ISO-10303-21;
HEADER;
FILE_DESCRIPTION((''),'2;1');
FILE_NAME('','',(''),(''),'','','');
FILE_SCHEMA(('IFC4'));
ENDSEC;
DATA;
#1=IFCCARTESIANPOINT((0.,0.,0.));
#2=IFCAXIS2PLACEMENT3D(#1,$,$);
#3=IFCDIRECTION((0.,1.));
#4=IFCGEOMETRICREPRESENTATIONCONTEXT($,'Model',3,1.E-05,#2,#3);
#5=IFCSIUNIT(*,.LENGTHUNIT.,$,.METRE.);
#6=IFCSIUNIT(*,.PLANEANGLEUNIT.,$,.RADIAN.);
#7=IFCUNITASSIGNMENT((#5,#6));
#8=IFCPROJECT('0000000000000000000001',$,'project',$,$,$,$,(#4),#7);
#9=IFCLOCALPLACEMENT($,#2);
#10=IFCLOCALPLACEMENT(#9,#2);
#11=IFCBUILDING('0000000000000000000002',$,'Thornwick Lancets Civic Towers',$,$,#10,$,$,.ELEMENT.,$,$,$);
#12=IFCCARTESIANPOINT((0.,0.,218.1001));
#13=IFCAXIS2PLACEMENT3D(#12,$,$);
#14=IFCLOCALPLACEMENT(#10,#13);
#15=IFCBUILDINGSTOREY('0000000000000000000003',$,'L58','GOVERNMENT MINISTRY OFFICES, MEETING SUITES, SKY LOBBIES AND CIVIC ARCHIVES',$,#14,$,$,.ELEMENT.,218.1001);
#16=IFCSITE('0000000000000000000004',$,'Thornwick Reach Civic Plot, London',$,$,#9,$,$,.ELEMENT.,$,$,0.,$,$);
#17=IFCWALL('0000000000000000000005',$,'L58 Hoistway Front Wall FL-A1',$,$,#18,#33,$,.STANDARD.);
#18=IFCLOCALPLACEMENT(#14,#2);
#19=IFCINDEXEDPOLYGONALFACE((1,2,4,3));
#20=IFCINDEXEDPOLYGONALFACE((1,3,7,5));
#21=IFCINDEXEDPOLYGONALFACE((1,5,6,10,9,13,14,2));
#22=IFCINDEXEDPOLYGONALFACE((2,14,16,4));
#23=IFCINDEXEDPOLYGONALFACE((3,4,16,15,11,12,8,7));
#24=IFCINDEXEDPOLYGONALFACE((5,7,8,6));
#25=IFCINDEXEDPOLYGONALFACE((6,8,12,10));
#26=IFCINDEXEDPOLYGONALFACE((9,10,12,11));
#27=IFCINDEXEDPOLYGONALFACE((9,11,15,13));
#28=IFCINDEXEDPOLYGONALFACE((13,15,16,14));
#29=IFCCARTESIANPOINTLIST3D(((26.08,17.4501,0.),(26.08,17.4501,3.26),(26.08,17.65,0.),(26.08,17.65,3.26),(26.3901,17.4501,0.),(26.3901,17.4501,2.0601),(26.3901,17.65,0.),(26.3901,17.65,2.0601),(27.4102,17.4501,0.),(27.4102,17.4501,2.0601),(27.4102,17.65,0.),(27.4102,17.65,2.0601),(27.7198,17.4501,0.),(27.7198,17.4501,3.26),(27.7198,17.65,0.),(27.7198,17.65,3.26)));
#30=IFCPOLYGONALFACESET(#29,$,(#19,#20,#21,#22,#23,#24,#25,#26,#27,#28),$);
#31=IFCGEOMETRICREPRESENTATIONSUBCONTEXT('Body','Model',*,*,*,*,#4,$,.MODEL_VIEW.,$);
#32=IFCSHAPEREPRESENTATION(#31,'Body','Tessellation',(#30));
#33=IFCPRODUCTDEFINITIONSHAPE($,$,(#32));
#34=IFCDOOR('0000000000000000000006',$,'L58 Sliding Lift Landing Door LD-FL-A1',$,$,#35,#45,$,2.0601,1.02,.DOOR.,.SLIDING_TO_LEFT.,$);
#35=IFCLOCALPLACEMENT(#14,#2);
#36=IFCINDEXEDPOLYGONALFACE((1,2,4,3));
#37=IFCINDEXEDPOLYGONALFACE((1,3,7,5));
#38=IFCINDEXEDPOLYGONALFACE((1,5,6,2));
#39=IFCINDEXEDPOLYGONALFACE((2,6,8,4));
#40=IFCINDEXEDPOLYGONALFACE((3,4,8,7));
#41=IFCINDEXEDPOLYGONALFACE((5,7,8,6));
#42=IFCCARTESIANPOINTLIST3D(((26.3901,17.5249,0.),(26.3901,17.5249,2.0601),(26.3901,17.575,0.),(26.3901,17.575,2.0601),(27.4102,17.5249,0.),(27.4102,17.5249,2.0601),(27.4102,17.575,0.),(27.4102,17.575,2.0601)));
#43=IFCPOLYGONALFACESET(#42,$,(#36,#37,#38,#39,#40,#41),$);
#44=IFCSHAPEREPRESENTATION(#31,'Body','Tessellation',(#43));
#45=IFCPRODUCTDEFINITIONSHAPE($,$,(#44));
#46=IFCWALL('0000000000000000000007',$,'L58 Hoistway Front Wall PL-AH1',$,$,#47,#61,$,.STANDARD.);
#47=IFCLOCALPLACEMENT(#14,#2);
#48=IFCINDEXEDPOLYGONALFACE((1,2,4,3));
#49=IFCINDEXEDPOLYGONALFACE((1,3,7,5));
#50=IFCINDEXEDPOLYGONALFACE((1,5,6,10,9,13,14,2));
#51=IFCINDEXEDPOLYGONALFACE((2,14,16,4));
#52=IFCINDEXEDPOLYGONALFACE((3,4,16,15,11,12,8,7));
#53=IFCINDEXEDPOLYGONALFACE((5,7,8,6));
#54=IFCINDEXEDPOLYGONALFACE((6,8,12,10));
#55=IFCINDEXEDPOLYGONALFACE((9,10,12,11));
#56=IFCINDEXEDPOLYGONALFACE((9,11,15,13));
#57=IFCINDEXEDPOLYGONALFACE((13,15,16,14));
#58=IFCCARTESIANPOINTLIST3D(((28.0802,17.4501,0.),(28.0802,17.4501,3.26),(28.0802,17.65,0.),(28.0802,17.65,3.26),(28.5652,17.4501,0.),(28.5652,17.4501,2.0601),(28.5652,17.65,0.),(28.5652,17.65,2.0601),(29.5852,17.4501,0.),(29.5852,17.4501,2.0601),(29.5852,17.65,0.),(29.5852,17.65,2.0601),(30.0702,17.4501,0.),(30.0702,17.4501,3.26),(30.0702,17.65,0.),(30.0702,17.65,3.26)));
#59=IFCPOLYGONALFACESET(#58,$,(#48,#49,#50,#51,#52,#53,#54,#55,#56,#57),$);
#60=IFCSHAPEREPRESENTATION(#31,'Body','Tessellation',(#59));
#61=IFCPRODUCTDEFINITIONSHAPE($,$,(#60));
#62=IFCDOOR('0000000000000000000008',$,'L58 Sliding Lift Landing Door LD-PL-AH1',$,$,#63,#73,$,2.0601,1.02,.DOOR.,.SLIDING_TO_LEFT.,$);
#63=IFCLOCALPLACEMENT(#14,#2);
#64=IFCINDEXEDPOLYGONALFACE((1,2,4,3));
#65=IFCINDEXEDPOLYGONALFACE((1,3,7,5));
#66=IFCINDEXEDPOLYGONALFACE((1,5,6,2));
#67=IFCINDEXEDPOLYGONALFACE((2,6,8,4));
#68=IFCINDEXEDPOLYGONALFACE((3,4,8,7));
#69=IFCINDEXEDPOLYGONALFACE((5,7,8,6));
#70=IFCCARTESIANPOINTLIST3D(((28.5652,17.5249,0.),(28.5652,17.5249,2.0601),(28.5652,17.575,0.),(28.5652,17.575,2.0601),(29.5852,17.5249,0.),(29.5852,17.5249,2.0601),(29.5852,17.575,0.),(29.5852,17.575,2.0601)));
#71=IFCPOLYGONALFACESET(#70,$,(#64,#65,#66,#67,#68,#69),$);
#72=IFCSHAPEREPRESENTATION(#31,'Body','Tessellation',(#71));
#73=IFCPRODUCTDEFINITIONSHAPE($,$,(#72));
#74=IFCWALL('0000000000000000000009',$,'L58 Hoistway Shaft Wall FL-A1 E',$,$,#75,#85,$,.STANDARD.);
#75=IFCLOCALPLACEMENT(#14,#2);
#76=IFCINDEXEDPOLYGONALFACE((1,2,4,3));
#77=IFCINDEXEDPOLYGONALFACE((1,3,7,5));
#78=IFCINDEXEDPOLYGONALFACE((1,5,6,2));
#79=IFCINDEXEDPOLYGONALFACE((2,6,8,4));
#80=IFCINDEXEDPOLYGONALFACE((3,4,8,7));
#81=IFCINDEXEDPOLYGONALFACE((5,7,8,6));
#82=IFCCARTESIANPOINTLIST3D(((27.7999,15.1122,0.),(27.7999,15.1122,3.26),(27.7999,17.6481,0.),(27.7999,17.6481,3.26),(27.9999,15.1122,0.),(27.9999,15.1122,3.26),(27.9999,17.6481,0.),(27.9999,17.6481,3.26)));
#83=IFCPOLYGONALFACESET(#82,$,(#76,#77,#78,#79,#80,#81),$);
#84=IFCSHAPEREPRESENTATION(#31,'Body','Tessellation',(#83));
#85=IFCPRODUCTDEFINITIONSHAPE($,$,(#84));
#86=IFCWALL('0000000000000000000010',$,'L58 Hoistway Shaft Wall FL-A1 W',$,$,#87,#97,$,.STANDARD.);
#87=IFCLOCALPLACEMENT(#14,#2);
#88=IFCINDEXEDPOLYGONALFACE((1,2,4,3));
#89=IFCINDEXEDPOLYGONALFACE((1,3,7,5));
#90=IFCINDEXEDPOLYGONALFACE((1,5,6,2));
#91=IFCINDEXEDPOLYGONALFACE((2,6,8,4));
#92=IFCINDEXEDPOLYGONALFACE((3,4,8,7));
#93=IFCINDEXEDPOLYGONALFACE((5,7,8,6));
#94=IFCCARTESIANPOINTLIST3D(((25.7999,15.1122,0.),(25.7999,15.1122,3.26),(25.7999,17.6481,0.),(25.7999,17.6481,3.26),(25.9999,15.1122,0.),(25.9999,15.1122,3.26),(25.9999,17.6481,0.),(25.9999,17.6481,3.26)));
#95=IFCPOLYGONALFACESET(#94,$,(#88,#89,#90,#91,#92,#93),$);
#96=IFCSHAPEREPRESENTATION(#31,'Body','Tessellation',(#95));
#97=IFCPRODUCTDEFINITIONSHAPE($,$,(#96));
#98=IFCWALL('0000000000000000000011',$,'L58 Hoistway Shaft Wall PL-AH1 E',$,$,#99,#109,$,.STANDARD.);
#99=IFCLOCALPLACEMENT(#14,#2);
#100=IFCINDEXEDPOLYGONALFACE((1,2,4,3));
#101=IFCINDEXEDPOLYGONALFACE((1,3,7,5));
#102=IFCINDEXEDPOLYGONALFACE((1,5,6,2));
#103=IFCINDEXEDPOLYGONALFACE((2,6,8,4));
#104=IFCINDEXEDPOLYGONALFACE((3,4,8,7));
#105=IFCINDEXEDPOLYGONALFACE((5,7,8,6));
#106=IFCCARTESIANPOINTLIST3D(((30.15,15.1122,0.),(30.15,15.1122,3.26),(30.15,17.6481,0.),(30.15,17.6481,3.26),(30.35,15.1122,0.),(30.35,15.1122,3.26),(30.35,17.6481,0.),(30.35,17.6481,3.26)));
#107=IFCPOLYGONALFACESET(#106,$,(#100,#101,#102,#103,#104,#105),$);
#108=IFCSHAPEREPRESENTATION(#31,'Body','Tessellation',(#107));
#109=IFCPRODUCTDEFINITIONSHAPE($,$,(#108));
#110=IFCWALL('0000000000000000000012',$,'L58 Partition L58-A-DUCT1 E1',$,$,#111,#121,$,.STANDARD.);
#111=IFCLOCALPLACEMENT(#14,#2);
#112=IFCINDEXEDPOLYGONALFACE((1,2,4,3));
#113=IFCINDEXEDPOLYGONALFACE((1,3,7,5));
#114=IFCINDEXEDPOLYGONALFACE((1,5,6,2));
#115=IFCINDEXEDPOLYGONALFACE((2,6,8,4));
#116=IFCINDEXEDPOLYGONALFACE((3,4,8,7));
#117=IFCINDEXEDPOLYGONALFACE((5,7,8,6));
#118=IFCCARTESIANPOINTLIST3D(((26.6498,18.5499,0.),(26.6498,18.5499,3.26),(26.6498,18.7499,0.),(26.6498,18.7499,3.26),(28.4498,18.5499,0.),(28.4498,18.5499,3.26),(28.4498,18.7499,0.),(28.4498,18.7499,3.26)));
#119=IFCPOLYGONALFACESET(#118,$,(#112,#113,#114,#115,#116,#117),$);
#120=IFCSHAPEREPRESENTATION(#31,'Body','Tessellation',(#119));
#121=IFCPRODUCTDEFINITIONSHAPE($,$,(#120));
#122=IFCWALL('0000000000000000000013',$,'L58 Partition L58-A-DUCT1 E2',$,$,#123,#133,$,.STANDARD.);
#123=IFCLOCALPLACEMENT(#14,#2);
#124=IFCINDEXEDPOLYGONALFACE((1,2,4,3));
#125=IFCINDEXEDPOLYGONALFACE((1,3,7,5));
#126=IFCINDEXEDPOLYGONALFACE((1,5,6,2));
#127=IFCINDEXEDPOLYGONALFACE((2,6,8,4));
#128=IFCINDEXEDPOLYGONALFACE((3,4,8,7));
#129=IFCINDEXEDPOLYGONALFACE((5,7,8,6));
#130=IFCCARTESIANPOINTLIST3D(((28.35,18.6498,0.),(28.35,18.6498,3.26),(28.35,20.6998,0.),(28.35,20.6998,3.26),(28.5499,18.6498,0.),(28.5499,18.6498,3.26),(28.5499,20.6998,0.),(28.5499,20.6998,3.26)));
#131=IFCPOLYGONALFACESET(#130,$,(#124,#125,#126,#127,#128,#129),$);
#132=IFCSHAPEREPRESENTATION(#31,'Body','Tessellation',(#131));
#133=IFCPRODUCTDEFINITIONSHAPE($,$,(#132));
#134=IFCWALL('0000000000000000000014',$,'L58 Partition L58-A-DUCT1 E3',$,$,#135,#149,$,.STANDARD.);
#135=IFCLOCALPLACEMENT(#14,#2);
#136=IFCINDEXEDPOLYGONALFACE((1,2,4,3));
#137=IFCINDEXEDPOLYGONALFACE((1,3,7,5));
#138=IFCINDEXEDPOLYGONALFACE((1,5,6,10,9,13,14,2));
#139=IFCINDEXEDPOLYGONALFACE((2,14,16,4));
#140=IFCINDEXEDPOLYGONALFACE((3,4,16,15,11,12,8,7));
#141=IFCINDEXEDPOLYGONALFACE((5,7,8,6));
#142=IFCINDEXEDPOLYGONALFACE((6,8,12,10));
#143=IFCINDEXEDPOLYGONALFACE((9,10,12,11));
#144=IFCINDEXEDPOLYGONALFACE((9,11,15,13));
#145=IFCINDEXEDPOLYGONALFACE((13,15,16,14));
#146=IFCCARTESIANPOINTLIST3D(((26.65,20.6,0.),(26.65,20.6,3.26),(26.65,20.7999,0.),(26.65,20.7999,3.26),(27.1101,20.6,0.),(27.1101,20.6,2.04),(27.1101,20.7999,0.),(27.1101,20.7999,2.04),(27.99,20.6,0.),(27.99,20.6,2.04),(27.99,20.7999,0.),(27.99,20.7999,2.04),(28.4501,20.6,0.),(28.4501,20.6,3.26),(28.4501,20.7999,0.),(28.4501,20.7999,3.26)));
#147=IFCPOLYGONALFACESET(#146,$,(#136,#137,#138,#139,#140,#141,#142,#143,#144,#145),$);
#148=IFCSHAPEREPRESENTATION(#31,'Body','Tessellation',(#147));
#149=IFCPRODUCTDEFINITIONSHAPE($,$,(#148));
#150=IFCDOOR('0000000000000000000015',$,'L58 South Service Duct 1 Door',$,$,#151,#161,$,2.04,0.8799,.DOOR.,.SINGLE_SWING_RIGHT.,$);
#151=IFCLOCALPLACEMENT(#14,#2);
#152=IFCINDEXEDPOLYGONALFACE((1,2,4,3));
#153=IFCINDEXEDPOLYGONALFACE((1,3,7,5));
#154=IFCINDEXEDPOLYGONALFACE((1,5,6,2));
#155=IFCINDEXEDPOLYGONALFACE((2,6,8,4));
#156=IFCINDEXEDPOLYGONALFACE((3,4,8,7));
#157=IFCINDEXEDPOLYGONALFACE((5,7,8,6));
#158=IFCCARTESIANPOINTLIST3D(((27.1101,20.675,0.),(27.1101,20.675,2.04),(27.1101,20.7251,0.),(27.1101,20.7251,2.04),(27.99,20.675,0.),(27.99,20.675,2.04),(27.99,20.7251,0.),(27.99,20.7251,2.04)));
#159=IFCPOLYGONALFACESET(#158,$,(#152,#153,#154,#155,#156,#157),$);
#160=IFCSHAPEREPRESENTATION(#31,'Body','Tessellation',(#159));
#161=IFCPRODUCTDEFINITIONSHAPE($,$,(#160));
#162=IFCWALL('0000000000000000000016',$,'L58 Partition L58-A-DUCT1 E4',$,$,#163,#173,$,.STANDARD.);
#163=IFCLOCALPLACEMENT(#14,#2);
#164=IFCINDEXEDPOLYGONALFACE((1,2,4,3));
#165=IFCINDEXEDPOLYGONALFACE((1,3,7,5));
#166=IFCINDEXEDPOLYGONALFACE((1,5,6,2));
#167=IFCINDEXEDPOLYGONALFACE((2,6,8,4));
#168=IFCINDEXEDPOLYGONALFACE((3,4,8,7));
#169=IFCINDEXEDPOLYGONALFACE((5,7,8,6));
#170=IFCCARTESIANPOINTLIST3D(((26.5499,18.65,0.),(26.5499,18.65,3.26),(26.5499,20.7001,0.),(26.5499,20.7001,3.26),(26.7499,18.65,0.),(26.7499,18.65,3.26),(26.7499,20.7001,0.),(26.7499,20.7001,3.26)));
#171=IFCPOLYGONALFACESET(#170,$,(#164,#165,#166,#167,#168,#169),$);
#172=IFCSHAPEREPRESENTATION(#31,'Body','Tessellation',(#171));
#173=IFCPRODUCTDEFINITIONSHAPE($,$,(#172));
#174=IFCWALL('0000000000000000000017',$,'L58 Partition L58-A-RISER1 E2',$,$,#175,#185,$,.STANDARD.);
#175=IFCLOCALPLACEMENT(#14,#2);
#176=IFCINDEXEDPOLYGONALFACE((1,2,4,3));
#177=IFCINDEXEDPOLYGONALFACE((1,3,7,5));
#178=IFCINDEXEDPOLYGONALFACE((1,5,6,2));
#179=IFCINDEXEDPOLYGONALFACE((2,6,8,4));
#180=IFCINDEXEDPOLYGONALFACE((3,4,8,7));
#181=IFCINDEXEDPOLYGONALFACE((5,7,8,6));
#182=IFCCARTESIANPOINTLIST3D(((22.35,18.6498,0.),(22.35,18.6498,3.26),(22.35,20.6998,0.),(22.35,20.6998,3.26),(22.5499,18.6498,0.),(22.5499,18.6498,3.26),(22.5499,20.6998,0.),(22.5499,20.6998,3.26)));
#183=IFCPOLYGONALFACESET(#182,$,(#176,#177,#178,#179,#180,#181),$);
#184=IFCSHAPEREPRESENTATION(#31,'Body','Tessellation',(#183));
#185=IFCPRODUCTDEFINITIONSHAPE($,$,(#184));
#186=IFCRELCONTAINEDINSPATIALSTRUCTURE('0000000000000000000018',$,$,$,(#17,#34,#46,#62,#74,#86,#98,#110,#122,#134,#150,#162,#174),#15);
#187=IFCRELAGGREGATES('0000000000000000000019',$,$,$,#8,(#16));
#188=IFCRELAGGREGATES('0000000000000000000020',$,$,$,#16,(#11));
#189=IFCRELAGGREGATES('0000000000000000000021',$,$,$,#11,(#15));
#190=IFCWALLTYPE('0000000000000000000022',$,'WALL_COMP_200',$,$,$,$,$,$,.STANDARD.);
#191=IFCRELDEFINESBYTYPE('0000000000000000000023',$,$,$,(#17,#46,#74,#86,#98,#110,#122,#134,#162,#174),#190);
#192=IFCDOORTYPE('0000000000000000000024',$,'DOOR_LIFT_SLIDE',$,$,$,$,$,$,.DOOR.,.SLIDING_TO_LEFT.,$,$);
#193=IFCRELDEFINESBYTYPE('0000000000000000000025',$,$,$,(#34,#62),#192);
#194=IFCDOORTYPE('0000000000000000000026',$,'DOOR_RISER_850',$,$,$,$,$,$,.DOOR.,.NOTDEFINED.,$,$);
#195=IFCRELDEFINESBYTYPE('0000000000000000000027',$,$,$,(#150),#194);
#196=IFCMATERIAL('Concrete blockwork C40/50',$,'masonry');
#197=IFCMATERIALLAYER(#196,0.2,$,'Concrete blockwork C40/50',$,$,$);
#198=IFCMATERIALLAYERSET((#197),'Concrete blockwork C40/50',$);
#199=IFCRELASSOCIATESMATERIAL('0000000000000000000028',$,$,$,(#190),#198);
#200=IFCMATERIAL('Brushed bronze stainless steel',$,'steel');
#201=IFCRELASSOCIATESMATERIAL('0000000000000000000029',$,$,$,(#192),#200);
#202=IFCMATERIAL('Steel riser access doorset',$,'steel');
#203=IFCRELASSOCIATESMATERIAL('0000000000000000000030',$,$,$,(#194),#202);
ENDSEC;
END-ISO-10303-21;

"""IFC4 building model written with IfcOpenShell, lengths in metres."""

from ifc_helpers import new_model, si_unit, direction, frame, frame_2d, origin, place, context, subcontext, project, spatial, rectangle, extrude, material, layer, layer_set, type_object, element, fill, save


model = new_model("IFC4")

# Units and contexts
model_context = context("Model", 3, precision=1e-05, world=origin(), true_north=direction((0.0, 1.0)))
body_context = subcontext(model_context, "Body", "Model", "MODEL_VIEW")
ifc_project = project(units=[si_unit("LENGTHUNIT", "METRE"), si_unit("PLANEANGLEUNIT", "RADIAN")], contexts=[model_context])

# Site, building, storey
site_placement = place(None, origin())
site = spatial("IfcSite", under=ifc_project, at=site_placement, Name="Thornwick Reach Civic Plot, London", CompositionType="ELEMENT", RefElevation=0.0)
building_placement = place(site_placement, origin())
building = spatial("IfcBuilding", under=site, at=building_placement, Name="Thornwick Lancets Civic Towers", CompositionType="ELEMENT")
storey_placement = place(building_placement, frame((0.0, 0.0, 218.1001)))
storey = spatial("IfcBuildingStorey", under=building, at=storey_placement, Name="L58", Description="GOVERNMENT MINISTRY OFFICES, MEETING SUITES, SKY LOBBIES AND CIVIC ARCHIVES", CompositionType="ELEMENT", Elevation=218.1001)

# Walls, openings, doors
ifc_material_1 = material(Name="Concrete blockwork C40/50", Category="masonry")
ifc_layer_1 = layer(ifc_material_1, 0.2, Name="Concrete blockwork C40/50")
ifc_layer_set_1 = layer_set([ifc_layer_1], Name="Concrete blockwork C40/50")
wall_type_1 = type_object("IfcWallType", Name="WALL_COMP_200", PredefinedType="STANDARD", material=ifc_layer_set_1)
wall_1_placement = place(storey_placement, frame((26.0801, 17.55, 0.0), z_axis=(0.0, 0.0, 1.0), x_axis=(1.0, 0.0, 0.0)))
wall_1 = element("IfcWall", 1, at=wall_1_placement, inside=storey, type_object=wall_type_1, Name="L58 Hoistway Front Wall FL-A1", PredefinedType="STANDARD", context=body_context, shape_type="SweptSolid", body=[
    extrude(rectangle(XDim=1.6399, YDim=0.2, at=frame_2d((0.8198, 0.0))), origin(), (0.0, 0.0, 1.0), 3.26),
])
opening_1_placement = place(wall_1_placement, frame((0.3101, 0.0, 0.0)))
opening_1 = element("IfcOpeningElement", 2, at=opening_1_placement, cuts=wall_1, PredefinedType="OPENING", context=body_context, shape_type="SweptSolid", body=[
    extrude(rectangle(XDim=1.02, YDim=2.0601, at=frame_2d((0.51, 1.03))), frame((0.0, 0.1099, 0.0), z_axis=(0.0, -1.0, 0.0), x_axis=(1.0, 0.0, 0.0)), (0.0, 0.0, 1.0), 0.22),
])
ifc_material_2 = material(Name="Brushed bronze stainless steel", Category="steel")
door_type_1 = type_object("IfcDoorType", Name="DOOR_LIFT_SLIDE", OperationType="SLIDING_TO_LEFT", PredefinedType="DOOR", material=ifc_material_2)
door_1_placement = place(opening_1_placement, origin())
door_1 = element("IfcDoor", 3, at=door_1_placement, inside=storey, type_object=door_type_1, Name="L58 Sliding Lift Landing Door LD-FL-A1", OperationType="SLIDING_TO_LEFT", OverallHeight=2.0601, OverallWidth=1.02, PredefinedType="DOOR", context=body_context, shape_type="SweptSolid", body=[
    extrude(rectangle(XDim=1.02, YDim=2.0601, at=frame_2d((0.51, 1.03))), frame((0.0, 0.0249, 0.0), z_axis=(0.0, -1.0, 0.0), x_axis=(1.0, 0.0, 0.0)), (0.0, 0.0, 1.0), 0.05),
])
fill(opening_1, door_1)
wall_2_placement = place(storey_placement, frame((28.0801, 17.55, 0.0), z_axis=(0.0, 0.0, 1.0), x_axis=(1.0, 0.0, 0.0)))
wall_2 = element("IfcWall", 4, at=wall_2_placement, inside=storey, type_object=wall_type_1, Name="L58 Hoistway Front Wall PL-AH1", PredefinedType="STANDARD", context=body_context, shape_type="SweptSolid", body=[
    extrude(rectangle(XDim=1.99, YDim=0.2, at=frame_2d((0.9951, 0.0))), origin(), (0.0, 0.0, 1.0), 3.26),
])
opening_2_placement = place(wall_2_placement, frame((0.4851, 0.0, 0.0)))
opening_2 = element("IfcOpeningElement", 5, at=opening_2_placement, cuts=wall_2, PredefinedType="OPENING", context=body_context, shape_type="SweptSolid", body=[
    extrude(rectangle(XDim=1.02, YDim=2.0601, at=frame_2d((0.51, 1.03))), frame((0.0, 0.1099, 0.0), z_axis=(0.0, -1.0, 0.0), x_axis=(1.0, 0.0, 0.0)), (0.0, 0.0, 1.0), 0.22),
])
door_2_placement = place(opening_2_placement, origin())
door_2 = element("IfcDoor", 6, at=door_2_placement, inside=storey, type_object=door_type_1, Name="L58 Sliding Lift Landing Door LD-PL-AH1", OperationType="SLIDING_TO_LEFT", OverallHeight=2.0601, OverallWidth=1.02, PredefinedType="DOOR", context=body_context, shape_type="SweptSolid", body=[
    extrude(rectangle(XDim=1.02, YDim=2.0601, at=frame_2d((0.51, 1.03))), frame((0.0, 0.0249, 0.0), z_axis=(0.0, -1.0, 0.0), x_axis=(1.0, 0.0, 0.0)), (0.0, 0.0, 1.0), 0.05),
])
fill(opening_2, door_2)

# Walls
for number, where, z_axis, x_axis, name in (
    (7, (27.8999, 15.1121, 0.0), (0.0, 0.0, 1.0), (0.0, 1.0, 0.0), "L58 Hoistway Shaft Wall FL-A1 E"),
    (8, (25.8999, 15.1121, 0.0), (0.0, 0.0, 1.0), (0.0, 1.0, 0.0), "L58 Hoistway Shaft Wall FL-A1 W"),
    (9, (30.25, 15.1121, 0.0), (0.0, 0.0, 1.0), (0.0, 1.0, 0.0), "L58 Hoistway Shaft Wall PL-AH1 E"),
):
    element("IfcWall", number, at=place(storey_placement, frame(where, z_axis=z_axis, x_axis=x_axis)), inside=storey, type_object=wall_type_1, Name=name, PredefinedType="STANDARD", context=body_context, shape_type="SweptSolid", body=[
        extrude(rectangle(XDim=2.5359, YDim=0.2, at=frame_2d((1.2681, 0.0))), origin(), (0.0, 0.0, 1.0), 3.26),
    ])
wall_3_placement = place(storey_placement, frame((26.6499, 18.6499, 0.0), z_axis=(0.0, 0.0, 1.0), x_axis=(1.0, 0.0, 0.0)))
element("IfcWall", 10, at=wall_3_placement, inside=storey, type_object=wall_type_1, Name="L58 Partition L58-A-DUCT1 E1", PredefinedType="STANDARD", context=body_context, shape_type="SweptSolid", body=[
    extrude(rectangle(XDim=1.8, YDim=0.2, at=frame_2d((0.8999, 0.0))), origin(), (0.0, 0.0, 1.0), 3.26),
])
wall_4_placement = place(storey_placement, frame((28.45, 18.6499, 0.0), z_axis=(0.0, 0.0, 1.0), x_axis=(0.0, 1.0, 0.0)))
element("IfcWall", 11, at=wall_4_placement, inside=storey, type_object=wall_type_1, Name="L58 Partition L58-A-DUCT1 E2", PredefinedType="STANDARD", context=body_context, shape_type="SweptSolid", body=[
    extrude(rectangle(XDim=2.05, YDim=0.2, at=frame_2d((1.0249, 0.0))), origin(), (0.0, 0.0, 1.0), 3.26),
])

# Wall, opening, door
wall_5_placement = place(storey_placement, frame((28.45, 20.7, 0.0), z_axis=(0.0, 0.0, 1.0), x_axis=(-1.0, 0.0, 0.0)))
wall_5 = element("IfcWall", 12, at=wall_5_placement, inside=storey, type_object=wall_type_1, Name="L58 Partition L58-A-DUCT1 E3", PredefinedType="STANDARD", context=body_context, shape_type="SweptSolid", body=[
    extrude(rectangle(XDim=1.8, YDim=0.2, at=frame_2d((0.8999, 0.0))), origin(), (0.0, 0.0, 1.0), 3.26),
])
opening_3_placement = place(wall_5_placement, frame((0.46, 0.0, 0.0)))
opening_3 = element("IfcOpeningElement", 13, at=opening_3_placement, cuts=wall_5, PredefinedType="OPENING", context=body_context, shape_type="SweptSolid", body=[
    extrude(rectangle(XDim=0.8799, YDim=2.04, at=frame_2d((0.4399, 1.02))), frame((0.0, 0.1099, 0.0), z_axis=(0.0, -1.0, 0.0), x_axis=(1.0, 0.0, 0.0)), (0.0, 0.0, 1.0), 0.22),
])
ifc_material_3 = material(Name="Steel riser access doorset", Category="steel")
door_type_2 = type_object("IfcDoorType", Name="DOOR_RISER_850", OperationType="NOTDEFINED", PredefinedType="DOOR", material=ifc_material_3)
door_3_placement = place(opening_3_placement, origin())
door_3 = element("IfcDoor", 14, at=door_3_placement, inside=storey, type_object=door_type_2, Name="L58 South Service Duct 1 Door", OperationType="SINGLE_SWING_RIGHT", OverallHeight=2.04, OverallWidth=0.8799, PredefinedType="DOOR", context=body_context, shape_type="SweptSolid", body=[
    extrude(rectangle(XDim=0.8799, YDim=2.04, at=frame_2d((0.4399, 1.02))), frame((0.0, 0.0249, 0.0), z_axis=(0.0, -1.0, 0.0), x_axis=(1.0, 0.0, 0.0)), (0.0, 0.0, 1.0), 0.05),
])
fill(opening_3, door_3)

# Walls
for number, where, z_axis, x_axis, name in (
    (15, (26.6499, 20.7, 0.0), (0.0, 0.0, 1.0), (0.0, -1.0, 0.0), "L58 Partition L58-A-DUCT1 E4"),
    (16, (22.45, 18.6499, 0.0), (0.0, 0.0, 1.0), (0.0, 1.0, 0.0), "L58 Partition L58-A-RISER1 E2"),
):
    element("IfcWall", number, at=place(storey_placement, frame(where, z_axis=z_axis, x_axis=x_axis)), inside=storey, type_object=wall_type_1, Name=name, PredefinedType="STANDARD", context=body_context, shape_type="SweptSolid", body=[
        extrude(rectangle(XDim=2.05, YDim=0.2, at=frame_2d((1.0249, 0.0))), origin(), (0.0, 0.0, 1.0), 3.26),
    ])

save(model, "model.ifc")
